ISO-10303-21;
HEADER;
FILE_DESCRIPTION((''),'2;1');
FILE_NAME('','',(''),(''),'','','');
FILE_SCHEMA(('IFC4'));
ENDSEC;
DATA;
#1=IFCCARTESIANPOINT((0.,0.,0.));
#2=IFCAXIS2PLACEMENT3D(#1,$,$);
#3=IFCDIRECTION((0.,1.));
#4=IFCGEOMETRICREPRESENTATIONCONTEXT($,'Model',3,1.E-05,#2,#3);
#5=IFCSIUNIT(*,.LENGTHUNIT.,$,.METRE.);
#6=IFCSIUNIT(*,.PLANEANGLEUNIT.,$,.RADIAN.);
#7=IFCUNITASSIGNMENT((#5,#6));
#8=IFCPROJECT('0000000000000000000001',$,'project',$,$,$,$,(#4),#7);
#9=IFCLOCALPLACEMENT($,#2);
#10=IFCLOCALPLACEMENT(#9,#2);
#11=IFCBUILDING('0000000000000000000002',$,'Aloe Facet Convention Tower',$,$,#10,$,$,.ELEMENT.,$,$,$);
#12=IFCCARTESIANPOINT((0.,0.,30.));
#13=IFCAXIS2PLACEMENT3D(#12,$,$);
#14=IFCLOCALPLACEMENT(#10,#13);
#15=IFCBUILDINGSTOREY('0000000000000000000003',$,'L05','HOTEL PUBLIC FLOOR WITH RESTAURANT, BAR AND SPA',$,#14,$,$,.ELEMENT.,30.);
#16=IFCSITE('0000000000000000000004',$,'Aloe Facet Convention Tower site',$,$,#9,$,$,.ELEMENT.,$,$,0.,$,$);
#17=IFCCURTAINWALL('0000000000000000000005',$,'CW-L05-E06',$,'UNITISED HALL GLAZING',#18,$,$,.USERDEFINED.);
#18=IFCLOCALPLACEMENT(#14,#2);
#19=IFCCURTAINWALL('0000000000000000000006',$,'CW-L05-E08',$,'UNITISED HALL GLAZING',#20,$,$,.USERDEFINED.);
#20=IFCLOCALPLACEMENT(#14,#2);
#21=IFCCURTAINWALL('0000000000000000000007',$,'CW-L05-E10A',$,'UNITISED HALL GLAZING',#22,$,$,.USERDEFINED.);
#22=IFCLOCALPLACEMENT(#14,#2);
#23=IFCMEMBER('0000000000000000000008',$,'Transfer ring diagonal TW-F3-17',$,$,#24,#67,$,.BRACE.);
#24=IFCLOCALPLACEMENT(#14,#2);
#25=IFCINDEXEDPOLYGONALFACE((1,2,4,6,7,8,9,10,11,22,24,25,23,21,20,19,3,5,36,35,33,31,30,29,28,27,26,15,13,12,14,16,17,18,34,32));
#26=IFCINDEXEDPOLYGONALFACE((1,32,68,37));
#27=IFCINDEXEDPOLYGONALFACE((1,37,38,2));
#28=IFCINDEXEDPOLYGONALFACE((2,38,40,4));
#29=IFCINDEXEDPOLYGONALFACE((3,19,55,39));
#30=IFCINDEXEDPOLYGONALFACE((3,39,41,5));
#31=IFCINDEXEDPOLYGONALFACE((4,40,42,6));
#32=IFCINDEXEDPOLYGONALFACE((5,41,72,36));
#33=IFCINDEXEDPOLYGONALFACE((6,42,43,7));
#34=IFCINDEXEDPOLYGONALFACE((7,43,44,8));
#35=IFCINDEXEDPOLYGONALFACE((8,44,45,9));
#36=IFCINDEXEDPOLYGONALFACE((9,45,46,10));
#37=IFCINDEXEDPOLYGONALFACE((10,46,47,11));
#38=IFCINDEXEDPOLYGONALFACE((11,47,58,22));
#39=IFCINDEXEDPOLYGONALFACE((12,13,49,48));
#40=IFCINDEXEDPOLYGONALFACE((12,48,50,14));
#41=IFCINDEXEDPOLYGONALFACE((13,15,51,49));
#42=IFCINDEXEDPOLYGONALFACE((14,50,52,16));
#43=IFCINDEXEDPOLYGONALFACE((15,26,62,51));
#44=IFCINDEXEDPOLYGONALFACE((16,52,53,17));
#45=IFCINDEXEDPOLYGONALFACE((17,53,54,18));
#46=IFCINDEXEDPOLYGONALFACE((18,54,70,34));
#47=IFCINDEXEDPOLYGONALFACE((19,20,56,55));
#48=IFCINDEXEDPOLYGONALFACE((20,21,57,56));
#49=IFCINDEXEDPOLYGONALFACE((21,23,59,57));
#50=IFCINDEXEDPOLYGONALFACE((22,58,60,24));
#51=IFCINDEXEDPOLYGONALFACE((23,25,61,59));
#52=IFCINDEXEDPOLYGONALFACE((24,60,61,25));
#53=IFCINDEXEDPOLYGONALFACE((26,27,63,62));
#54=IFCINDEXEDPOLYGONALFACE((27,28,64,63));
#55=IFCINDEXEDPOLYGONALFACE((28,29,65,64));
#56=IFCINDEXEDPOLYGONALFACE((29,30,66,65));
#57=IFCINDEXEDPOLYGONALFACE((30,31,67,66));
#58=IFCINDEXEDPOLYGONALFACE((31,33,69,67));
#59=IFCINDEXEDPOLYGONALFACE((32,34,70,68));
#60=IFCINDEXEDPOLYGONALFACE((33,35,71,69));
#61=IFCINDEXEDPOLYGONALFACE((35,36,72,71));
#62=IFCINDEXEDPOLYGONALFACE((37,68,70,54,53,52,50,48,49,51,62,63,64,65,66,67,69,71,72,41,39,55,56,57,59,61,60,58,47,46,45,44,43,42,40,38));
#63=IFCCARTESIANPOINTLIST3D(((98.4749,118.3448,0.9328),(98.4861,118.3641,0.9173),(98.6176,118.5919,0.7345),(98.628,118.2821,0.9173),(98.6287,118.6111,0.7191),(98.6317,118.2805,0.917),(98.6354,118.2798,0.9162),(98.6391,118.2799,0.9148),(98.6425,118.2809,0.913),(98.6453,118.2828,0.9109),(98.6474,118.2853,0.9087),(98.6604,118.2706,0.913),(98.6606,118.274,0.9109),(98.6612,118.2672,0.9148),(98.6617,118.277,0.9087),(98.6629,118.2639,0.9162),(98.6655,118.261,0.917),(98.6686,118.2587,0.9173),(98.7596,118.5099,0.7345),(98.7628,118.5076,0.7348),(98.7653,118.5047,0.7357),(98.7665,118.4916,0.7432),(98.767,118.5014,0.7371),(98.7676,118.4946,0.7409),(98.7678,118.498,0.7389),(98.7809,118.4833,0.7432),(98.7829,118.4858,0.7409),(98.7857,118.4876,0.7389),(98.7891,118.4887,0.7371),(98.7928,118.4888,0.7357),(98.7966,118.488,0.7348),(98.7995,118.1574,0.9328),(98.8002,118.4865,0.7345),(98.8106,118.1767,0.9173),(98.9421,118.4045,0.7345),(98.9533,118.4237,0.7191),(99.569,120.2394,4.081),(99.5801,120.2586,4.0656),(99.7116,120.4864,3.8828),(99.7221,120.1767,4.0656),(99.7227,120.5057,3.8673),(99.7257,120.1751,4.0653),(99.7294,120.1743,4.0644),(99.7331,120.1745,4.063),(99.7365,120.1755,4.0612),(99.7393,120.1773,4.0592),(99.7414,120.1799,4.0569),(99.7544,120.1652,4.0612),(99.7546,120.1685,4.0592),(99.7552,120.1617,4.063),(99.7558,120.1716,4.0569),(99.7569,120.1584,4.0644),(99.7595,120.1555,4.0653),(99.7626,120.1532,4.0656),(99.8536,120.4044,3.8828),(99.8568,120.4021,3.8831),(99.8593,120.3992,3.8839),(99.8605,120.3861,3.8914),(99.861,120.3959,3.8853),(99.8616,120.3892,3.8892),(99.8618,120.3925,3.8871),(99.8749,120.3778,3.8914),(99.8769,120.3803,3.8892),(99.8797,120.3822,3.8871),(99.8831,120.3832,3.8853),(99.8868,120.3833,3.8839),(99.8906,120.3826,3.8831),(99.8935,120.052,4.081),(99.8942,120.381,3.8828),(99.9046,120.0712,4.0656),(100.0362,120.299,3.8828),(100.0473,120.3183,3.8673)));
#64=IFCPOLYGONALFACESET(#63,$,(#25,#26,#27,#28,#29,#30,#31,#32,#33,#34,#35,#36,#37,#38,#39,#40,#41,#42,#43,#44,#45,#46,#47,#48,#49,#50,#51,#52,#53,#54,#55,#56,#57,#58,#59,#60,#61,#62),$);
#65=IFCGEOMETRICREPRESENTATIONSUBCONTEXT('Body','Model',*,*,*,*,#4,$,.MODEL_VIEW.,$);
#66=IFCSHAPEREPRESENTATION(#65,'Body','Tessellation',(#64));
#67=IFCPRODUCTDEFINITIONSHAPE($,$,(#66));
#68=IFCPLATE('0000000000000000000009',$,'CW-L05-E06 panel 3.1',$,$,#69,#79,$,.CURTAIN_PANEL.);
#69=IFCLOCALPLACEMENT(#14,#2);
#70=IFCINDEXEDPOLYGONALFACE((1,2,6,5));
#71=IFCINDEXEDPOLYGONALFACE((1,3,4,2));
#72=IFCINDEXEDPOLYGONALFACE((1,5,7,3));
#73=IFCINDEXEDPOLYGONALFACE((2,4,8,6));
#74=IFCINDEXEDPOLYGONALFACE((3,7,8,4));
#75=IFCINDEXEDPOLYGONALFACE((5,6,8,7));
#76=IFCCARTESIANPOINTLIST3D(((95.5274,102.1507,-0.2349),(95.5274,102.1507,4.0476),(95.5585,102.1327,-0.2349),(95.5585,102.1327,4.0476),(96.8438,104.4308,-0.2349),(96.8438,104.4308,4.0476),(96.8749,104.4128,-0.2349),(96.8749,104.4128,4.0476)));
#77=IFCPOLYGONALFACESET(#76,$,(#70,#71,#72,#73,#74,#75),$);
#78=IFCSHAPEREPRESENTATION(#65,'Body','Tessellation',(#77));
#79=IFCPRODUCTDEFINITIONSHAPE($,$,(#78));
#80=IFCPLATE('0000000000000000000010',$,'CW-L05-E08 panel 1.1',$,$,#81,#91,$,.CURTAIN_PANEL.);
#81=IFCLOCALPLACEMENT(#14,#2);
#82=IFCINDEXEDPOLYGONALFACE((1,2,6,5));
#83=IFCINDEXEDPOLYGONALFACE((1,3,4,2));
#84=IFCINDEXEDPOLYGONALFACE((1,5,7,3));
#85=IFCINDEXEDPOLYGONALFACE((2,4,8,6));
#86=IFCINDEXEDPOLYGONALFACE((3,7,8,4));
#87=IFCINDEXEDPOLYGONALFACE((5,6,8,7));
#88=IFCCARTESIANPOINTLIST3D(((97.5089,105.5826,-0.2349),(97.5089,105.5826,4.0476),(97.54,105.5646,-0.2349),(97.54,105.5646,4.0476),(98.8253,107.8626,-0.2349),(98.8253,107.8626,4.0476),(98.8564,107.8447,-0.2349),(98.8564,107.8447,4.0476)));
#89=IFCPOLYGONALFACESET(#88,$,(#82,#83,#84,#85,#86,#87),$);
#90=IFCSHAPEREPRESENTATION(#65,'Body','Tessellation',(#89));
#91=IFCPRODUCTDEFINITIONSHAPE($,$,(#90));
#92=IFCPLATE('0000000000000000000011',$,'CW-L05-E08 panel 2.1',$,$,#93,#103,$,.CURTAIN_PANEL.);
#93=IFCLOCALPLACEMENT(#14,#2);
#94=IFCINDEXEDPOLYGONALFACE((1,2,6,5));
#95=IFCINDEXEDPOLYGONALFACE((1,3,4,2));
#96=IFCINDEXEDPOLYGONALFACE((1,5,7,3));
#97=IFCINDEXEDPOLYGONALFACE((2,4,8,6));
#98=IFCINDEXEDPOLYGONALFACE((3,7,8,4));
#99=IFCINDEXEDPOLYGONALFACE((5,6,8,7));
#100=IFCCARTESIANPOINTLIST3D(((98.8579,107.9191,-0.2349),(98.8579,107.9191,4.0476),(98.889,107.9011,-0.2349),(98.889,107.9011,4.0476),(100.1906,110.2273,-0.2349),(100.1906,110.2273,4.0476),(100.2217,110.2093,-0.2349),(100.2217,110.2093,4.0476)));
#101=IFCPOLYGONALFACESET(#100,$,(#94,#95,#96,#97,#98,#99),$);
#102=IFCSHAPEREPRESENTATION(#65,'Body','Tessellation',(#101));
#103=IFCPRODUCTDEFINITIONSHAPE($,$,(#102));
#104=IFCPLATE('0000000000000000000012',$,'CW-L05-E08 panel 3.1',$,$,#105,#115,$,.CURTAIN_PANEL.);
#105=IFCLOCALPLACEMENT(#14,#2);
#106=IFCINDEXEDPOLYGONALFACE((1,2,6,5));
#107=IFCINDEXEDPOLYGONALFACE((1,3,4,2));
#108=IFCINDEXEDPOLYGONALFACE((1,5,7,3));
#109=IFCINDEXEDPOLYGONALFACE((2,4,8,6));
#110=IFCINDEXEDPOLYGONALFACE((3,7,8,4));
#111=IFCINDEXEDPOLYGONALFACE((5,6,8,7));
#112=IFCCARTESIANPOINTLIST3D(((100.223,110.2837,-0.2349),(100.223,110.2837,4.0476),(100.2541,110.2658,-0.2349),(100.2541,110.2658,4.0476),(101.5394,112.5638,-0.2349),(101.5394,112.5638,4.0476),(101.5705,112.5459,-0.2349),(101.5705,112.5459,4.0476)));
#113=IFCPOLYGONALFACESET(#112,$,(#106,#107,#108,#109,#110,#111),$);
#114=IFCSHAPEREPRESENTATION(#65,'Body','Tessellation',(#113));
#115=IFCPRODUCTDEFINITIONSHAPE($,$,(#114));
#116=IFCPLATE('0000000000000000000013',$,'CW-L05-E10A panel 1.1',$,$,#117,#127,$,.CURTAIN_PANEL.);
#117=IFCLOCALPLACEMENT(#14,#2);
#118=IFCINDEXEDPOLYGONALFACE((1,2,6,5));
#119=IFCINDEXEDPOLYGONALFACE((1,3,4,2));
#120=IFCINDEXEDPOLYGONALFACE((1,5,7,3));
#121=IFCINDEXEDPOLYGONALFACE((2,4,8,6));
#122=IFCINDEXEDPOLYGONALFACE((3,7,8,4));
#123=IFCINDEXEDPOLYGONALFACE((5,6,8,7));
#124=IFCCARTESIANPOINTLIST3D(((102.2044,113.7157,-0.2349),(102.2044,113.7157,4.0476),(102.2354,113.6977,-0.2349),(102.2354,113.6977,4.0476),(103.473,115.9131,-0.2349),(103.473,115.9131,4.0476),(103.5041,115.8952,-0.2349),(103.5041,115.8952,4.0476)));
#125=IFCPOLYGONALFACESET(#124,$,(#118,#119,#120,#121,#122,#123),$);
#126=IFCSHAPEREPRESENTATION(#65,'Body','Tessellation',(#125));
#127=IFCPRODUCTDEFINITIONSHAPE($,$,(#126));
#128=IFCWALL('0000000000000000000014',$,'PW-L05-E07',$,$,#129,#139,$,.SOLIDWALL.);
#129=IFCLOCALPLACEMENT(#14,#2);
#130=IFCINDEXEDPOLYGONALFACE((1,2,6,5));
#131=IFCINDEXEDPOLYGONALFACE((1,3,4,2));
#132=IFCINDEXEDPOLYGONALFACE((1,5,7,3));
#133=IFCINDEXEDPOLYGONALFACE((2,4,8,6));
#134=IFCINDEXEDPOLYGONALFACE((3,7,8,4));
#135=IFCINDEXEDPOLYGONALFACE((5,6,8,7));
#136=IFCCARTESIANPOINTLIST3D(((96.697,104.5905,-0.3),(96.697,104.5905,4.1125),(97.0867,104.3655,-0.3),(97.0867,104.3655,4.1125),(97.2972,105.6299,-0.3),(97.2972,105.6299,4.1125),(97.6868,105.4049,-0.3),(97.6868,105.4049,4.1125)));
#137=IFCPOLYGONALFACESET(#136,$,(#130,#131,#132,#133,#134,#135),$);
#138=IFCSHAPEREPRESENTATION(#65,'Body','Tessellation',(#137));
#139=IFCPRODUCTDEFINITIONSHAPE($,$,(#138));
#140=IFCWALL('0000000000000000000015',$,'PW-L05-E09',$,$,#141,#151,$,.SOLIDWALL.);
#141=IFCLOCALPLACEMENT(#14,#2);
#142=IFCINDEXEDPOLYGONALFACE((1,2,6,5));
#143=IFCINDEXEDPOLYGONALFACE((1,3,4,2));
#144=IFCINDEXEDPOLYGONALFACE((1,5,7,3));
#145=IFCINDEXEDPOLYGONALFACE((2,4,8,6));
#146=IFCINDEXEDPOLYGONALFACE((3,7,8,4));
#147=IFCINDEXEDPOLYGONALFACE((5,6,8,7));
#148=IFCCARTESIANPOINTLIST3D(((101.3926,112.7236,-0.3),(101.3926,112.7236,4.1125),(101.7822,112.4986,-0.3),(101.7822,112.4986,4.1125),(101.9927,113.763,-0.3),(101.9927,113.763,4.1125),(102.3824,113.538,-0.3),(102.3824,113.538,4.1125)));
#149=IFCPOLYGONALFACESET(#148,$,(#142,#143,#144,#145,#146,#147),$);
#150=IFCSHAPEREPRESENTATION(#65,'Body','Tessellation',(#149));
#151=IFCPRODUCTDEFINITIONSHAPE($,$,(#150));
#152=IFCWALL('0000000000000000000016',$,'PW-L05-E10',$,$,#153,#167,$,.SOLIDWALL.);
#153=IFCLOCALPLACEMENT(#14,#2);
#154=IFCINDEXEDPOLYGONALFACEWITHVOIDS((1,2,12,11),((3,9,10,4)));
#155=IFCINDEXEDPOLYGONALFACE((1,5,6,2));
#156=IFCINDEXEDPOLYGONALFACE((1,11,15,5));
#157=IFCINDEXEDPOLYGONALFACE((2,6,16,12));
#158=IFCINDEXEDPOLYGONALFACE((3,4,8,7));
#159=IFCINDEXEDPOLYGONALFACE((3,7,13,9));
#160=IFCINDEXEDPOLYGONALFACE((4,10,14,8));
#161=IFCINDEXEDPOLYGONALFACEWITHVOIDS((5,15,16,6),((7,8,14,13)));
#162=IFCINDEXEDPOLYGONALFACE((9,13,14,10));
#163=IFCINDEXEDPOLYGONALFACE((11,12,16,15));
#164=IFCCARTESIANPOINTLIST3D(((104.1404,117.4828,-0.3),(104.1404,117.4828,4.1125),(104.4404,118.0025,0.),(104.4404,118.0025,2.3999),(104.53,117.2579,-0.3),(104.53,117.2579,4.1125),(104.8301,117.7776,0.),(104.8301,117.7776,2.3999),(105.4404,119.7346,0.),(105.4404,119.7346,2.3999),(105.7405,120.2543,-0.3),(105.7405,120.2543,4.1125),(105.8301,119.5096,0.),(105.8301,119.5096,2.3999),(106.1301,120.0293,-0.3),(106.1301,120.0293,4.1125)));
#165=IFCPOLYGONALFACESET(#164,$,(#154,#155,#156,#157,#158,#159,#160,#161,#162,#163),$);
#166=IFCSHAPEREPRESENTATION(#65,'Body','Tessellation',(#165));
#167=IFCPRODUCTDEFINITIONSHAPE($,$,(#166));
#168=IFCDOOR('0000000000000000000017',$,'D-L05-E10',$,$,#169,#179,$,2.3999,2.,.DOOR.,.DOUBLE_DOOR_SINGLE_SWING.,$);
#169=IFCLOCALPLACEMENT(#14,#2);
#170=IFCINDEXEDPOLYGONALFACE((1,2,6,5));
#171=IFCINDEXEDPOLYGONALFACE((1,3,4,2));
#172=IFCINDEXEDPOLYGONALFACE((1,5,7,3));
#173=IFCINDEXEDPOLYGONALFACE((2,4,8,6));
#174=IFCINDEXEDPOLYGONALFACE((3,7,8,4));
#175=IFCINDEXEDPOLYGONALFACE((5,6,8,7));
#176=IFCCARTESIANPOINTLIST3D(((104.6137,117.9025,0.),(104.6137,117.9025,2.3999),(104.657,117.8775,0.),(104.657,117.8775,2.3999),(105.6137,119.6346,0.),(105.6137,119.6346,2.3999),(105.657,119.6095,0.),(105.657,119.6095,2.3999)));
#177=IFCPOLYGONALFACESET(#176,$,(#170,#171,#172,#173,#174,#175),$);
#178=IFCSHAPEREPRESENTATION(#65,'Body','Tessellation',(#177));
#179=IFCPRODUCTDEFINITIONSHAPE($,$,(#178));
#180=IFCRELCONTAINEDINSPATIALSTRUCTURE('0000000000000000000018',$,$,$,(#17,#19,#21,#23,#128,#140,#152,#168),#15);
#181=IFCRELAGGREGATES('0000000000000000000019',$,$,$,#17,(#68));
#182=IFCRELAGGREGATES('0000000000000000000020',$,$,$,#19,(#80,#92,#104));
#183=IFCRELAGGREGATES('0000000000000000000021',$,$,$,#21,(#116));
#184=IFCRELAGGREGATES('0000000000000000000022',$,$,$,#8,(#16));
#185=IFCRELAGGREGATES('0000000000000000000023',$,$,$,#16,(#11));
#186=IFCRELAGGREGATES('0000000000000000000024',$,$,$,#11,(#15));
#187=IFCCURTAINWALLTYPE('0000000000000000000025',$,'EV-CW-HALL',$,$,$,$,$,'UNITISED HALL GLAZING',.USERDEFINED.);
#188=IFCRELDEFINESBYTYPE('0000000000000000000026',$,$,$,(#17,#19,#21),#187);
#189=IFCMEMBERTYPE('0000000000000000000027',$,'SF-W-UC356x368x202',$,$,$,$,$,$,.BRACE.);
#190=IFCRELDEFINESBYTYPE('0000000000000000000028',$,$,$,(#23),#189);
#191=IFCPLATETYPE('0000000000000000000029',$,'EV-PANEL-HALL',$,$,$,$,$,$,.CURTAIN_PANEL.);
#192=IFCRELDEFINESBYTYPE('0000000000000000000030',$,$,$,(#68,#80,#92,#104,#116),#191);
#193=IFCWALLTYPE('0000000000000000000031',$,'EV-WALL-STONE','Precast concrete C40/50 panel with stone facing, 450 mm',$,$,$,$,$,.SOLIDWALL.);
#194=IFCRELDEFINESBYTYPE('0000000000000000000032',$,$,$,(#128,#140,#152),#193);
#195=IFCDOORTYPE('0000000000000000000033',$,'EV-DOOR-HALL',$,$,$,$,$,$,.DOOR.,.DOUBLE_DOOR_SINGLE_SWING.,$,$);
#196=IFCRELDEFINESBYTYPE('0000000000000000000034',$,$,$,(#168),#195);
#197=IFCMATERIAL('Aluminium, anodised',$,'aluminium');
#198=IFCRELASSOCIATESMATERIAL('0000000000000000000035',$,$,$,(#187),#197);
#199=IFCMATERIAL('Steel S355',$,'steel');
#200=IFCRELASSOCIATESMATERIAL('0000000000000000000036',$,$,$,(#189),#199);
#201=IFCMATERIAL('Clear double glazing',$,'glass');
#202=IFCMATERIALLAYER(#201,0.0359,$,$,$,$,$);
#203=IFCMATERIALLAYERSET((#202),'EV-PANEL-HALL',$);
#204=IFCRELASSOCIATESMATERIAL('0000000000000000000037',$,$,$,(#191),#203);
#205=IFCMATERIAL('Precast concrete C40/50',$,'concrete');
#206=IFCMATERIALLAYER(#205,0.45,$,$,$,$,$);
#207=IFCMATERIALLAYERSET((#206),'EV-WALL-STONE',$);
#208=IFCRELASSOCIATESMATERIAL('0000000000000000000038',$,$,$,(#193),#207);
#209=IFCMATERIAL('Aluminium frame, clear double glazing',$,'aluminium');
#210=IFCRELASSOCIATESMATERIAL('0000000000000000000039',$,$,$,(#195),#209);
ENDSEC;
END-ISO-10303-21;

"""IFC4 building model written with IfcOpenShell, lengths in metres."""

from ifc_helpers import new_model, si_unit, direction, frame, frame_2d, origin, origin_2d, place, context, subcontext, project, spatial, rectangle, i_section, extrude, material, layer, layer_set, material_profile, profile_set, type_object, element, fill, aggregate, save


model = new_model("IFC4")

# Units and contexts
model_context = context("Model", 3, precision=1e-05, world=origin(), true_north=direction((0.0, 1.0)))
body_context = subcontext(model_context, "Body", "Model", "MODEL_VIEW")
ifc_project = project(units=[si_unit("LENGTHUNIT", "METRE"), si_unit("PLANEANGLEUNIT", "RADIAN")], contexts=[model_context])

# Site, building, storey
site_placement = place(None, origin())
site = spatial("IfcSite", under=ifc_project, at=site_placement, Name="Aloe Facet Convention Tower site", CompositionType="ELEMENT", RefElevation=0.0)
building_placement = place(site_placement, origin())
building = spatial("IfcBuilding", under=site, at=building_placement, Name="Aloe Facet Convention Tower", CompositionType="ELEMENT")
storey_placement = place(building_placement, frame((0.0, 0.0, 30.0)))
storey = spatial("IfcBuildingStorey", under=building, at=storey_placement, Name="L05", Description="HOTEL PUBLIC FLOOR WITH RESTAURANT, BAR AND SPA", CompositionType="ELEMENT", Elevation=30.0)

# Curtain wall
ifc_material_1 = material(Name="Aluminium, anodised", Category="aluminium")
curtain_wall_type = type_object("IfcCurtainWallType", Name="EV-CW-HALL", ElementType="UNITISED HALL GLAZING", PredefinedType="USERDEFINED", material=ifc_material_1)
curtain_wall_1_placement = place(storey_placement, origin())
curtain_wall_1 = element("IfcCurtainWall", 1, at=curtain_wall_1_placement, inside=storey, type_object=curtain_wall_type, Name="CW-L05-E06", ObjectType="UNITISED HALL GLAZING", PredefinedType="USERDEFINED")

# Curtain walls
curtain_wall_2_placement = place(storey_placement, origin())
curtain_wall_2 = element("IfcCurtainWall", 2, at=curtain_wall_2_placement, inside=storey, type_object=curtain_wall_type, Name="CW-L05-E08", ObjectType="UNITISED HALL GLAZING", PredefinedType="USERDEFINED")
curtain_wall_3_placement = place(storey_placement, origin())
curtain_wall_3 = element("IfcCurtainWall", 3, at=curtain_wall_3_placement, inside=storey, type_object=curtain_wall_type, Name="CW-L05-E10A", ObjectType="UNITISED HALL GLAZING", PredefinedType="USERDEFINED")

# Member
ifc_material_2 = material(Name="Steel S355", Category="steel")
ifc_material_profile_1 = material_profile(ifc_material_2, i_section(OverallWidth=0.3748, OverallDepth=0.3745, WebThickness=0.0166, FlangeThickness=0.0271, FilletRadius=0.0151, at=origin_2d()), Name="UC 356x368x202")
ifc_profile_set_1 = profile_set([ifc_material_profile_1], Name="Steel S355")
member_type_1 = type_object("IfcMemberType", Name="SF-W-UC356x368x202", PredefinedType="BRACE", material=ifc_profile_set_1)
for number, where, z_axis, x_axis, name in (
    (4, (98.7141, 118.3843, 0.8259), (0.285363, 0.494179, 0.821191), (-0.865989, 0.500064, 0.0), "Transfer ring diagonal TW-F3-17"),
):
    element("IfcMember", number, at=place(storey_placement, frame(where, z_axis=z_axis, x_axis=x_axis)), inside=storey, type_object=member_type_1, Name=name, PredefinedType="BRACE", context=body_context, shape_type="SweptSolid", body=[
        extrude(i_section(OverallWidth=0.3748, OverallDepth=0.3745, WebThickness=0.0166, FlangeThickness=0.0271, FilletRadius=0.0151, at=origin_2d()), origin(), (0.0, 0.0, 1.0), 3.8337),
    ])

# Plates
ifc_material_3 = material(Name="Clear double glazing", Category="glass")
ifc_layer_1 = layer(ifc_material_3, 0.0359)
ifc_layer_set_1 = layer_set([ifc_layer_1], Name="EV-PANEL-HALL")
plate_type = type_object("IfcPlateType", Name="EV-PANEL-HALL", PredefinedType="CURTAIN_PANEL", material=ifc_layer_set_1)
plate_1_placement = place(storey_placement, frame((96.2012, 103.2817, -0.2349), z_axis=(0.0, 0.0, 1.0), x_axis=(0.5, 0.866025, 0.0)))
plate_1 = element("IfcPlate", 5, at=plate_1_placement, type_object=plate_type, Name="CW-L05-E06 panel 3.1", PredefinedType="CURTAIN_PANEL", context=body_context, shape_type="SweptSolid", body=[
    extrude(rectangle(XDim=2.6328, YDim=0.0359, at=origin_2d()), origin(), (0.0, 0.0, 1.0), 4.2825),
])
aggregate(curtain_wall_1, [plate_1])
plate_2_placement = place(storey_placement, frame((98.1826, 106.7136, -0.2349), z_axis=(0.0, 0.0, 1.0), x_axis=(0.5, 0.866025, 0.0)))
plate_2 = element("IfcPlate", 6, at=plate_2_placement, type_object=plate_type, Name="CW-L05-E08 panel 1.1", PredefinedType="CURTAIN_PANEL", context=body_context, shape_type="SweptSolid", body=[
    extrude(rectangle(XDim=2.6328, YDim=0.0359, at=origin_2d()), origin(), (0.0, 0.0, 1.0), 4.2825),
])
plate_3_placement = place(storey_placement, frame((99.5398, 109.0642, -0.2349), z_axis=(0.0, 0.0, 1.0), x_axis=(0.5, 0.866025, 0.0)))
plate_3 = element("IfcPlate", 7, at=plate_3_placement, type_object=plate_type, Name="CW-L05-E08 panel 2.1", PredefinedType="CURTAIN_PANEL", context=body_context, shape_type="SweptSolid", body=[
    extrude(rectangle(XDim=2.6653, YDim=0.0359, at=origin_2d()), origin(), (0.0, 0.0, 1.0), 4.2825),
])
plate_4_placement = place(storey_placement, frame((100.8967, 111.4148, -0.2349), z_axis=(0.0, 0.0, 1.0), x_axis=(0.5, 0.866025, 0.0)))
plate_4 = element("IfcPlate", 8, at=plate_4_placement, type_object=plate_type, Name="CW-L05-E08 panel 3.1", PredefinedType="CURTAIN_PANEL", context=body_context, shape_type="SweptSolid", body=[
    extrude(rectangle(XDim=2.6328, YDim=0.0359, at=origin_2d()), origin(), (0.0, 0.0, 1.0), 4.2825),
])
aggregate(curtain_wall_2, [plate_2, plate_3, plate_4])
plate_5_placement = place(storey_placement, frame((102.8542, 114.8054, -0.2349), z_axis=(0.0, 0.0, 1.0), x_axis=(0.5, 0.866025, 0.0)))
plate_5 = element("IfcPlate", 9, at=plate_5_placement, type_object=plate_type, Name="CW-L05-E10A panel 1.1", PredefinedType="CURTAIN_PANEL", context=body_context, shape_type="SweptSolid", body=[
    extrude(rectangle(XDim=2.5374, YDim=0.0359, at=origin_2d()), origin(), (0.0, 0.0, 1.0), 4.2825),
])
aggregate(curtain_wall_3, [plate_5])

# Walls
ifc_material_4 = material(Name="Precast concrete C40/50", Category="concrete")
ifc_layer_2 = layer(ifc_material_4, 0.45)
ifc_layer_set_2 = layer_set([ifc_layer_2], Name="EV-WALL-STONE")
wall_type = type_object("IfcWallType", Name="EV-WALL-STONE", Description="Precast concrete C40/50 panel with stone facing, 450 mm", PredefinedType="SOLIDWALL", material=ifc_layer_set_2)
for number, where, z_axis, x_axis, name in (
    (10, (96.8918, 104.478, -0.3), (0.0, 0.0, 1.0), (0.500034, 0.866006, 0.0), "PW-L05-E07"),
    (11, (101.5874, 112.6111, -0.3), (0.0, 0.0, 1.0), (0.500034, 0.866006, 0.0), "PW-L05-E09"),
):
    element("IfcWall", number, at=place(storey_placement, frame(where, z_axis=z_axis, x_axis=x_axis)), inside=storey, type_object=wall_type, Name=name, PredefinedType="SOLIDWALL", context=body_context, shape_type="SweptSolid", body=[
        extrude(rectangle(XDim=1.2002, YDim=0.45, at=frame_2d((0.6001, 0.0))), origin(), (0.0, 0.0, 1.0), 4.4126),
    ])

# Wall, opening, door
wall_placement = place(storey_placement, frame((104.3352, 117.3704, -0.3), z_axis=(0.0, 0.0, 1.0), x_axis=(0.499995, 0.866028, 0.0)))
wall = element("IfcWall", 12, at=wall_placement, inside=storey, type_object=wall_type, Name="PW-L05-E10", PredefinedType="SOLIDWALL", context=body_context, shape_type="SweptSolid", body=[
    extrude(rectangle(XDim=3.2002, YDim=0.45, at=frame_2d((1.6001, 0.0))), origin(), (0.0, 0.0, 1.0), 4.4126),
])
opening_placement = place(wall_placement, frame((0.6001, 0.0, 0.3)))
opening = element("IfcOpeningElement", 13, at=opening_placement, cuts=wall, PredefinedType="OPENING", context=body_context, shape_type="SweptSolid", body=[
    extrude(rectangle(XDim=2.0, YDim=2.3999, at=frame_2d((1.0, 1.2))), frame((0.0, 0.2349, 0.0), z_axis=(0.0, -1.0, 0.0), x_axis=(1.0, 0.0, 0.0)), (0.0, 0.0, 1.0), 0.47),
])
ifc_material_5 = material(Name="Aluminium frame, clear double glazing", Category="aluminium")
door_type = type_object("IfcDoorType", Name="EV-DOOR-HALL", OperationType="DOUBLE_DOOR_SINGLE_SWING", PredefinedType="DOOR", material=ifc_material_5)
door_placement = place(opening_placement, origin())
door = element("IfcDoor", 14, at=door_placement, inside=storey, type_object=door_type, Name="D-L05-E10", OperationType="DOUBLE_DOOR_SINGLE_SWING", OverallHeight=2.3999, OverallWidth=2.0, PredefinedType="DOOR", context=body_context, shape_type="SweptSolid", body=[
    extrude(rectangle(XDim=2.0, YDim=2.3999, at=frame_2d((1.0, 1.2))), frame((0.0, 0.0249, 0.0), z_axis=(0.0, -1.0, 0.0), x_axis=(1.0, 0.0, 0.0)), (0.0, 0.0, 1.0), 0.05),
])
fill(opening, door)

save(model, "model.ifc")
